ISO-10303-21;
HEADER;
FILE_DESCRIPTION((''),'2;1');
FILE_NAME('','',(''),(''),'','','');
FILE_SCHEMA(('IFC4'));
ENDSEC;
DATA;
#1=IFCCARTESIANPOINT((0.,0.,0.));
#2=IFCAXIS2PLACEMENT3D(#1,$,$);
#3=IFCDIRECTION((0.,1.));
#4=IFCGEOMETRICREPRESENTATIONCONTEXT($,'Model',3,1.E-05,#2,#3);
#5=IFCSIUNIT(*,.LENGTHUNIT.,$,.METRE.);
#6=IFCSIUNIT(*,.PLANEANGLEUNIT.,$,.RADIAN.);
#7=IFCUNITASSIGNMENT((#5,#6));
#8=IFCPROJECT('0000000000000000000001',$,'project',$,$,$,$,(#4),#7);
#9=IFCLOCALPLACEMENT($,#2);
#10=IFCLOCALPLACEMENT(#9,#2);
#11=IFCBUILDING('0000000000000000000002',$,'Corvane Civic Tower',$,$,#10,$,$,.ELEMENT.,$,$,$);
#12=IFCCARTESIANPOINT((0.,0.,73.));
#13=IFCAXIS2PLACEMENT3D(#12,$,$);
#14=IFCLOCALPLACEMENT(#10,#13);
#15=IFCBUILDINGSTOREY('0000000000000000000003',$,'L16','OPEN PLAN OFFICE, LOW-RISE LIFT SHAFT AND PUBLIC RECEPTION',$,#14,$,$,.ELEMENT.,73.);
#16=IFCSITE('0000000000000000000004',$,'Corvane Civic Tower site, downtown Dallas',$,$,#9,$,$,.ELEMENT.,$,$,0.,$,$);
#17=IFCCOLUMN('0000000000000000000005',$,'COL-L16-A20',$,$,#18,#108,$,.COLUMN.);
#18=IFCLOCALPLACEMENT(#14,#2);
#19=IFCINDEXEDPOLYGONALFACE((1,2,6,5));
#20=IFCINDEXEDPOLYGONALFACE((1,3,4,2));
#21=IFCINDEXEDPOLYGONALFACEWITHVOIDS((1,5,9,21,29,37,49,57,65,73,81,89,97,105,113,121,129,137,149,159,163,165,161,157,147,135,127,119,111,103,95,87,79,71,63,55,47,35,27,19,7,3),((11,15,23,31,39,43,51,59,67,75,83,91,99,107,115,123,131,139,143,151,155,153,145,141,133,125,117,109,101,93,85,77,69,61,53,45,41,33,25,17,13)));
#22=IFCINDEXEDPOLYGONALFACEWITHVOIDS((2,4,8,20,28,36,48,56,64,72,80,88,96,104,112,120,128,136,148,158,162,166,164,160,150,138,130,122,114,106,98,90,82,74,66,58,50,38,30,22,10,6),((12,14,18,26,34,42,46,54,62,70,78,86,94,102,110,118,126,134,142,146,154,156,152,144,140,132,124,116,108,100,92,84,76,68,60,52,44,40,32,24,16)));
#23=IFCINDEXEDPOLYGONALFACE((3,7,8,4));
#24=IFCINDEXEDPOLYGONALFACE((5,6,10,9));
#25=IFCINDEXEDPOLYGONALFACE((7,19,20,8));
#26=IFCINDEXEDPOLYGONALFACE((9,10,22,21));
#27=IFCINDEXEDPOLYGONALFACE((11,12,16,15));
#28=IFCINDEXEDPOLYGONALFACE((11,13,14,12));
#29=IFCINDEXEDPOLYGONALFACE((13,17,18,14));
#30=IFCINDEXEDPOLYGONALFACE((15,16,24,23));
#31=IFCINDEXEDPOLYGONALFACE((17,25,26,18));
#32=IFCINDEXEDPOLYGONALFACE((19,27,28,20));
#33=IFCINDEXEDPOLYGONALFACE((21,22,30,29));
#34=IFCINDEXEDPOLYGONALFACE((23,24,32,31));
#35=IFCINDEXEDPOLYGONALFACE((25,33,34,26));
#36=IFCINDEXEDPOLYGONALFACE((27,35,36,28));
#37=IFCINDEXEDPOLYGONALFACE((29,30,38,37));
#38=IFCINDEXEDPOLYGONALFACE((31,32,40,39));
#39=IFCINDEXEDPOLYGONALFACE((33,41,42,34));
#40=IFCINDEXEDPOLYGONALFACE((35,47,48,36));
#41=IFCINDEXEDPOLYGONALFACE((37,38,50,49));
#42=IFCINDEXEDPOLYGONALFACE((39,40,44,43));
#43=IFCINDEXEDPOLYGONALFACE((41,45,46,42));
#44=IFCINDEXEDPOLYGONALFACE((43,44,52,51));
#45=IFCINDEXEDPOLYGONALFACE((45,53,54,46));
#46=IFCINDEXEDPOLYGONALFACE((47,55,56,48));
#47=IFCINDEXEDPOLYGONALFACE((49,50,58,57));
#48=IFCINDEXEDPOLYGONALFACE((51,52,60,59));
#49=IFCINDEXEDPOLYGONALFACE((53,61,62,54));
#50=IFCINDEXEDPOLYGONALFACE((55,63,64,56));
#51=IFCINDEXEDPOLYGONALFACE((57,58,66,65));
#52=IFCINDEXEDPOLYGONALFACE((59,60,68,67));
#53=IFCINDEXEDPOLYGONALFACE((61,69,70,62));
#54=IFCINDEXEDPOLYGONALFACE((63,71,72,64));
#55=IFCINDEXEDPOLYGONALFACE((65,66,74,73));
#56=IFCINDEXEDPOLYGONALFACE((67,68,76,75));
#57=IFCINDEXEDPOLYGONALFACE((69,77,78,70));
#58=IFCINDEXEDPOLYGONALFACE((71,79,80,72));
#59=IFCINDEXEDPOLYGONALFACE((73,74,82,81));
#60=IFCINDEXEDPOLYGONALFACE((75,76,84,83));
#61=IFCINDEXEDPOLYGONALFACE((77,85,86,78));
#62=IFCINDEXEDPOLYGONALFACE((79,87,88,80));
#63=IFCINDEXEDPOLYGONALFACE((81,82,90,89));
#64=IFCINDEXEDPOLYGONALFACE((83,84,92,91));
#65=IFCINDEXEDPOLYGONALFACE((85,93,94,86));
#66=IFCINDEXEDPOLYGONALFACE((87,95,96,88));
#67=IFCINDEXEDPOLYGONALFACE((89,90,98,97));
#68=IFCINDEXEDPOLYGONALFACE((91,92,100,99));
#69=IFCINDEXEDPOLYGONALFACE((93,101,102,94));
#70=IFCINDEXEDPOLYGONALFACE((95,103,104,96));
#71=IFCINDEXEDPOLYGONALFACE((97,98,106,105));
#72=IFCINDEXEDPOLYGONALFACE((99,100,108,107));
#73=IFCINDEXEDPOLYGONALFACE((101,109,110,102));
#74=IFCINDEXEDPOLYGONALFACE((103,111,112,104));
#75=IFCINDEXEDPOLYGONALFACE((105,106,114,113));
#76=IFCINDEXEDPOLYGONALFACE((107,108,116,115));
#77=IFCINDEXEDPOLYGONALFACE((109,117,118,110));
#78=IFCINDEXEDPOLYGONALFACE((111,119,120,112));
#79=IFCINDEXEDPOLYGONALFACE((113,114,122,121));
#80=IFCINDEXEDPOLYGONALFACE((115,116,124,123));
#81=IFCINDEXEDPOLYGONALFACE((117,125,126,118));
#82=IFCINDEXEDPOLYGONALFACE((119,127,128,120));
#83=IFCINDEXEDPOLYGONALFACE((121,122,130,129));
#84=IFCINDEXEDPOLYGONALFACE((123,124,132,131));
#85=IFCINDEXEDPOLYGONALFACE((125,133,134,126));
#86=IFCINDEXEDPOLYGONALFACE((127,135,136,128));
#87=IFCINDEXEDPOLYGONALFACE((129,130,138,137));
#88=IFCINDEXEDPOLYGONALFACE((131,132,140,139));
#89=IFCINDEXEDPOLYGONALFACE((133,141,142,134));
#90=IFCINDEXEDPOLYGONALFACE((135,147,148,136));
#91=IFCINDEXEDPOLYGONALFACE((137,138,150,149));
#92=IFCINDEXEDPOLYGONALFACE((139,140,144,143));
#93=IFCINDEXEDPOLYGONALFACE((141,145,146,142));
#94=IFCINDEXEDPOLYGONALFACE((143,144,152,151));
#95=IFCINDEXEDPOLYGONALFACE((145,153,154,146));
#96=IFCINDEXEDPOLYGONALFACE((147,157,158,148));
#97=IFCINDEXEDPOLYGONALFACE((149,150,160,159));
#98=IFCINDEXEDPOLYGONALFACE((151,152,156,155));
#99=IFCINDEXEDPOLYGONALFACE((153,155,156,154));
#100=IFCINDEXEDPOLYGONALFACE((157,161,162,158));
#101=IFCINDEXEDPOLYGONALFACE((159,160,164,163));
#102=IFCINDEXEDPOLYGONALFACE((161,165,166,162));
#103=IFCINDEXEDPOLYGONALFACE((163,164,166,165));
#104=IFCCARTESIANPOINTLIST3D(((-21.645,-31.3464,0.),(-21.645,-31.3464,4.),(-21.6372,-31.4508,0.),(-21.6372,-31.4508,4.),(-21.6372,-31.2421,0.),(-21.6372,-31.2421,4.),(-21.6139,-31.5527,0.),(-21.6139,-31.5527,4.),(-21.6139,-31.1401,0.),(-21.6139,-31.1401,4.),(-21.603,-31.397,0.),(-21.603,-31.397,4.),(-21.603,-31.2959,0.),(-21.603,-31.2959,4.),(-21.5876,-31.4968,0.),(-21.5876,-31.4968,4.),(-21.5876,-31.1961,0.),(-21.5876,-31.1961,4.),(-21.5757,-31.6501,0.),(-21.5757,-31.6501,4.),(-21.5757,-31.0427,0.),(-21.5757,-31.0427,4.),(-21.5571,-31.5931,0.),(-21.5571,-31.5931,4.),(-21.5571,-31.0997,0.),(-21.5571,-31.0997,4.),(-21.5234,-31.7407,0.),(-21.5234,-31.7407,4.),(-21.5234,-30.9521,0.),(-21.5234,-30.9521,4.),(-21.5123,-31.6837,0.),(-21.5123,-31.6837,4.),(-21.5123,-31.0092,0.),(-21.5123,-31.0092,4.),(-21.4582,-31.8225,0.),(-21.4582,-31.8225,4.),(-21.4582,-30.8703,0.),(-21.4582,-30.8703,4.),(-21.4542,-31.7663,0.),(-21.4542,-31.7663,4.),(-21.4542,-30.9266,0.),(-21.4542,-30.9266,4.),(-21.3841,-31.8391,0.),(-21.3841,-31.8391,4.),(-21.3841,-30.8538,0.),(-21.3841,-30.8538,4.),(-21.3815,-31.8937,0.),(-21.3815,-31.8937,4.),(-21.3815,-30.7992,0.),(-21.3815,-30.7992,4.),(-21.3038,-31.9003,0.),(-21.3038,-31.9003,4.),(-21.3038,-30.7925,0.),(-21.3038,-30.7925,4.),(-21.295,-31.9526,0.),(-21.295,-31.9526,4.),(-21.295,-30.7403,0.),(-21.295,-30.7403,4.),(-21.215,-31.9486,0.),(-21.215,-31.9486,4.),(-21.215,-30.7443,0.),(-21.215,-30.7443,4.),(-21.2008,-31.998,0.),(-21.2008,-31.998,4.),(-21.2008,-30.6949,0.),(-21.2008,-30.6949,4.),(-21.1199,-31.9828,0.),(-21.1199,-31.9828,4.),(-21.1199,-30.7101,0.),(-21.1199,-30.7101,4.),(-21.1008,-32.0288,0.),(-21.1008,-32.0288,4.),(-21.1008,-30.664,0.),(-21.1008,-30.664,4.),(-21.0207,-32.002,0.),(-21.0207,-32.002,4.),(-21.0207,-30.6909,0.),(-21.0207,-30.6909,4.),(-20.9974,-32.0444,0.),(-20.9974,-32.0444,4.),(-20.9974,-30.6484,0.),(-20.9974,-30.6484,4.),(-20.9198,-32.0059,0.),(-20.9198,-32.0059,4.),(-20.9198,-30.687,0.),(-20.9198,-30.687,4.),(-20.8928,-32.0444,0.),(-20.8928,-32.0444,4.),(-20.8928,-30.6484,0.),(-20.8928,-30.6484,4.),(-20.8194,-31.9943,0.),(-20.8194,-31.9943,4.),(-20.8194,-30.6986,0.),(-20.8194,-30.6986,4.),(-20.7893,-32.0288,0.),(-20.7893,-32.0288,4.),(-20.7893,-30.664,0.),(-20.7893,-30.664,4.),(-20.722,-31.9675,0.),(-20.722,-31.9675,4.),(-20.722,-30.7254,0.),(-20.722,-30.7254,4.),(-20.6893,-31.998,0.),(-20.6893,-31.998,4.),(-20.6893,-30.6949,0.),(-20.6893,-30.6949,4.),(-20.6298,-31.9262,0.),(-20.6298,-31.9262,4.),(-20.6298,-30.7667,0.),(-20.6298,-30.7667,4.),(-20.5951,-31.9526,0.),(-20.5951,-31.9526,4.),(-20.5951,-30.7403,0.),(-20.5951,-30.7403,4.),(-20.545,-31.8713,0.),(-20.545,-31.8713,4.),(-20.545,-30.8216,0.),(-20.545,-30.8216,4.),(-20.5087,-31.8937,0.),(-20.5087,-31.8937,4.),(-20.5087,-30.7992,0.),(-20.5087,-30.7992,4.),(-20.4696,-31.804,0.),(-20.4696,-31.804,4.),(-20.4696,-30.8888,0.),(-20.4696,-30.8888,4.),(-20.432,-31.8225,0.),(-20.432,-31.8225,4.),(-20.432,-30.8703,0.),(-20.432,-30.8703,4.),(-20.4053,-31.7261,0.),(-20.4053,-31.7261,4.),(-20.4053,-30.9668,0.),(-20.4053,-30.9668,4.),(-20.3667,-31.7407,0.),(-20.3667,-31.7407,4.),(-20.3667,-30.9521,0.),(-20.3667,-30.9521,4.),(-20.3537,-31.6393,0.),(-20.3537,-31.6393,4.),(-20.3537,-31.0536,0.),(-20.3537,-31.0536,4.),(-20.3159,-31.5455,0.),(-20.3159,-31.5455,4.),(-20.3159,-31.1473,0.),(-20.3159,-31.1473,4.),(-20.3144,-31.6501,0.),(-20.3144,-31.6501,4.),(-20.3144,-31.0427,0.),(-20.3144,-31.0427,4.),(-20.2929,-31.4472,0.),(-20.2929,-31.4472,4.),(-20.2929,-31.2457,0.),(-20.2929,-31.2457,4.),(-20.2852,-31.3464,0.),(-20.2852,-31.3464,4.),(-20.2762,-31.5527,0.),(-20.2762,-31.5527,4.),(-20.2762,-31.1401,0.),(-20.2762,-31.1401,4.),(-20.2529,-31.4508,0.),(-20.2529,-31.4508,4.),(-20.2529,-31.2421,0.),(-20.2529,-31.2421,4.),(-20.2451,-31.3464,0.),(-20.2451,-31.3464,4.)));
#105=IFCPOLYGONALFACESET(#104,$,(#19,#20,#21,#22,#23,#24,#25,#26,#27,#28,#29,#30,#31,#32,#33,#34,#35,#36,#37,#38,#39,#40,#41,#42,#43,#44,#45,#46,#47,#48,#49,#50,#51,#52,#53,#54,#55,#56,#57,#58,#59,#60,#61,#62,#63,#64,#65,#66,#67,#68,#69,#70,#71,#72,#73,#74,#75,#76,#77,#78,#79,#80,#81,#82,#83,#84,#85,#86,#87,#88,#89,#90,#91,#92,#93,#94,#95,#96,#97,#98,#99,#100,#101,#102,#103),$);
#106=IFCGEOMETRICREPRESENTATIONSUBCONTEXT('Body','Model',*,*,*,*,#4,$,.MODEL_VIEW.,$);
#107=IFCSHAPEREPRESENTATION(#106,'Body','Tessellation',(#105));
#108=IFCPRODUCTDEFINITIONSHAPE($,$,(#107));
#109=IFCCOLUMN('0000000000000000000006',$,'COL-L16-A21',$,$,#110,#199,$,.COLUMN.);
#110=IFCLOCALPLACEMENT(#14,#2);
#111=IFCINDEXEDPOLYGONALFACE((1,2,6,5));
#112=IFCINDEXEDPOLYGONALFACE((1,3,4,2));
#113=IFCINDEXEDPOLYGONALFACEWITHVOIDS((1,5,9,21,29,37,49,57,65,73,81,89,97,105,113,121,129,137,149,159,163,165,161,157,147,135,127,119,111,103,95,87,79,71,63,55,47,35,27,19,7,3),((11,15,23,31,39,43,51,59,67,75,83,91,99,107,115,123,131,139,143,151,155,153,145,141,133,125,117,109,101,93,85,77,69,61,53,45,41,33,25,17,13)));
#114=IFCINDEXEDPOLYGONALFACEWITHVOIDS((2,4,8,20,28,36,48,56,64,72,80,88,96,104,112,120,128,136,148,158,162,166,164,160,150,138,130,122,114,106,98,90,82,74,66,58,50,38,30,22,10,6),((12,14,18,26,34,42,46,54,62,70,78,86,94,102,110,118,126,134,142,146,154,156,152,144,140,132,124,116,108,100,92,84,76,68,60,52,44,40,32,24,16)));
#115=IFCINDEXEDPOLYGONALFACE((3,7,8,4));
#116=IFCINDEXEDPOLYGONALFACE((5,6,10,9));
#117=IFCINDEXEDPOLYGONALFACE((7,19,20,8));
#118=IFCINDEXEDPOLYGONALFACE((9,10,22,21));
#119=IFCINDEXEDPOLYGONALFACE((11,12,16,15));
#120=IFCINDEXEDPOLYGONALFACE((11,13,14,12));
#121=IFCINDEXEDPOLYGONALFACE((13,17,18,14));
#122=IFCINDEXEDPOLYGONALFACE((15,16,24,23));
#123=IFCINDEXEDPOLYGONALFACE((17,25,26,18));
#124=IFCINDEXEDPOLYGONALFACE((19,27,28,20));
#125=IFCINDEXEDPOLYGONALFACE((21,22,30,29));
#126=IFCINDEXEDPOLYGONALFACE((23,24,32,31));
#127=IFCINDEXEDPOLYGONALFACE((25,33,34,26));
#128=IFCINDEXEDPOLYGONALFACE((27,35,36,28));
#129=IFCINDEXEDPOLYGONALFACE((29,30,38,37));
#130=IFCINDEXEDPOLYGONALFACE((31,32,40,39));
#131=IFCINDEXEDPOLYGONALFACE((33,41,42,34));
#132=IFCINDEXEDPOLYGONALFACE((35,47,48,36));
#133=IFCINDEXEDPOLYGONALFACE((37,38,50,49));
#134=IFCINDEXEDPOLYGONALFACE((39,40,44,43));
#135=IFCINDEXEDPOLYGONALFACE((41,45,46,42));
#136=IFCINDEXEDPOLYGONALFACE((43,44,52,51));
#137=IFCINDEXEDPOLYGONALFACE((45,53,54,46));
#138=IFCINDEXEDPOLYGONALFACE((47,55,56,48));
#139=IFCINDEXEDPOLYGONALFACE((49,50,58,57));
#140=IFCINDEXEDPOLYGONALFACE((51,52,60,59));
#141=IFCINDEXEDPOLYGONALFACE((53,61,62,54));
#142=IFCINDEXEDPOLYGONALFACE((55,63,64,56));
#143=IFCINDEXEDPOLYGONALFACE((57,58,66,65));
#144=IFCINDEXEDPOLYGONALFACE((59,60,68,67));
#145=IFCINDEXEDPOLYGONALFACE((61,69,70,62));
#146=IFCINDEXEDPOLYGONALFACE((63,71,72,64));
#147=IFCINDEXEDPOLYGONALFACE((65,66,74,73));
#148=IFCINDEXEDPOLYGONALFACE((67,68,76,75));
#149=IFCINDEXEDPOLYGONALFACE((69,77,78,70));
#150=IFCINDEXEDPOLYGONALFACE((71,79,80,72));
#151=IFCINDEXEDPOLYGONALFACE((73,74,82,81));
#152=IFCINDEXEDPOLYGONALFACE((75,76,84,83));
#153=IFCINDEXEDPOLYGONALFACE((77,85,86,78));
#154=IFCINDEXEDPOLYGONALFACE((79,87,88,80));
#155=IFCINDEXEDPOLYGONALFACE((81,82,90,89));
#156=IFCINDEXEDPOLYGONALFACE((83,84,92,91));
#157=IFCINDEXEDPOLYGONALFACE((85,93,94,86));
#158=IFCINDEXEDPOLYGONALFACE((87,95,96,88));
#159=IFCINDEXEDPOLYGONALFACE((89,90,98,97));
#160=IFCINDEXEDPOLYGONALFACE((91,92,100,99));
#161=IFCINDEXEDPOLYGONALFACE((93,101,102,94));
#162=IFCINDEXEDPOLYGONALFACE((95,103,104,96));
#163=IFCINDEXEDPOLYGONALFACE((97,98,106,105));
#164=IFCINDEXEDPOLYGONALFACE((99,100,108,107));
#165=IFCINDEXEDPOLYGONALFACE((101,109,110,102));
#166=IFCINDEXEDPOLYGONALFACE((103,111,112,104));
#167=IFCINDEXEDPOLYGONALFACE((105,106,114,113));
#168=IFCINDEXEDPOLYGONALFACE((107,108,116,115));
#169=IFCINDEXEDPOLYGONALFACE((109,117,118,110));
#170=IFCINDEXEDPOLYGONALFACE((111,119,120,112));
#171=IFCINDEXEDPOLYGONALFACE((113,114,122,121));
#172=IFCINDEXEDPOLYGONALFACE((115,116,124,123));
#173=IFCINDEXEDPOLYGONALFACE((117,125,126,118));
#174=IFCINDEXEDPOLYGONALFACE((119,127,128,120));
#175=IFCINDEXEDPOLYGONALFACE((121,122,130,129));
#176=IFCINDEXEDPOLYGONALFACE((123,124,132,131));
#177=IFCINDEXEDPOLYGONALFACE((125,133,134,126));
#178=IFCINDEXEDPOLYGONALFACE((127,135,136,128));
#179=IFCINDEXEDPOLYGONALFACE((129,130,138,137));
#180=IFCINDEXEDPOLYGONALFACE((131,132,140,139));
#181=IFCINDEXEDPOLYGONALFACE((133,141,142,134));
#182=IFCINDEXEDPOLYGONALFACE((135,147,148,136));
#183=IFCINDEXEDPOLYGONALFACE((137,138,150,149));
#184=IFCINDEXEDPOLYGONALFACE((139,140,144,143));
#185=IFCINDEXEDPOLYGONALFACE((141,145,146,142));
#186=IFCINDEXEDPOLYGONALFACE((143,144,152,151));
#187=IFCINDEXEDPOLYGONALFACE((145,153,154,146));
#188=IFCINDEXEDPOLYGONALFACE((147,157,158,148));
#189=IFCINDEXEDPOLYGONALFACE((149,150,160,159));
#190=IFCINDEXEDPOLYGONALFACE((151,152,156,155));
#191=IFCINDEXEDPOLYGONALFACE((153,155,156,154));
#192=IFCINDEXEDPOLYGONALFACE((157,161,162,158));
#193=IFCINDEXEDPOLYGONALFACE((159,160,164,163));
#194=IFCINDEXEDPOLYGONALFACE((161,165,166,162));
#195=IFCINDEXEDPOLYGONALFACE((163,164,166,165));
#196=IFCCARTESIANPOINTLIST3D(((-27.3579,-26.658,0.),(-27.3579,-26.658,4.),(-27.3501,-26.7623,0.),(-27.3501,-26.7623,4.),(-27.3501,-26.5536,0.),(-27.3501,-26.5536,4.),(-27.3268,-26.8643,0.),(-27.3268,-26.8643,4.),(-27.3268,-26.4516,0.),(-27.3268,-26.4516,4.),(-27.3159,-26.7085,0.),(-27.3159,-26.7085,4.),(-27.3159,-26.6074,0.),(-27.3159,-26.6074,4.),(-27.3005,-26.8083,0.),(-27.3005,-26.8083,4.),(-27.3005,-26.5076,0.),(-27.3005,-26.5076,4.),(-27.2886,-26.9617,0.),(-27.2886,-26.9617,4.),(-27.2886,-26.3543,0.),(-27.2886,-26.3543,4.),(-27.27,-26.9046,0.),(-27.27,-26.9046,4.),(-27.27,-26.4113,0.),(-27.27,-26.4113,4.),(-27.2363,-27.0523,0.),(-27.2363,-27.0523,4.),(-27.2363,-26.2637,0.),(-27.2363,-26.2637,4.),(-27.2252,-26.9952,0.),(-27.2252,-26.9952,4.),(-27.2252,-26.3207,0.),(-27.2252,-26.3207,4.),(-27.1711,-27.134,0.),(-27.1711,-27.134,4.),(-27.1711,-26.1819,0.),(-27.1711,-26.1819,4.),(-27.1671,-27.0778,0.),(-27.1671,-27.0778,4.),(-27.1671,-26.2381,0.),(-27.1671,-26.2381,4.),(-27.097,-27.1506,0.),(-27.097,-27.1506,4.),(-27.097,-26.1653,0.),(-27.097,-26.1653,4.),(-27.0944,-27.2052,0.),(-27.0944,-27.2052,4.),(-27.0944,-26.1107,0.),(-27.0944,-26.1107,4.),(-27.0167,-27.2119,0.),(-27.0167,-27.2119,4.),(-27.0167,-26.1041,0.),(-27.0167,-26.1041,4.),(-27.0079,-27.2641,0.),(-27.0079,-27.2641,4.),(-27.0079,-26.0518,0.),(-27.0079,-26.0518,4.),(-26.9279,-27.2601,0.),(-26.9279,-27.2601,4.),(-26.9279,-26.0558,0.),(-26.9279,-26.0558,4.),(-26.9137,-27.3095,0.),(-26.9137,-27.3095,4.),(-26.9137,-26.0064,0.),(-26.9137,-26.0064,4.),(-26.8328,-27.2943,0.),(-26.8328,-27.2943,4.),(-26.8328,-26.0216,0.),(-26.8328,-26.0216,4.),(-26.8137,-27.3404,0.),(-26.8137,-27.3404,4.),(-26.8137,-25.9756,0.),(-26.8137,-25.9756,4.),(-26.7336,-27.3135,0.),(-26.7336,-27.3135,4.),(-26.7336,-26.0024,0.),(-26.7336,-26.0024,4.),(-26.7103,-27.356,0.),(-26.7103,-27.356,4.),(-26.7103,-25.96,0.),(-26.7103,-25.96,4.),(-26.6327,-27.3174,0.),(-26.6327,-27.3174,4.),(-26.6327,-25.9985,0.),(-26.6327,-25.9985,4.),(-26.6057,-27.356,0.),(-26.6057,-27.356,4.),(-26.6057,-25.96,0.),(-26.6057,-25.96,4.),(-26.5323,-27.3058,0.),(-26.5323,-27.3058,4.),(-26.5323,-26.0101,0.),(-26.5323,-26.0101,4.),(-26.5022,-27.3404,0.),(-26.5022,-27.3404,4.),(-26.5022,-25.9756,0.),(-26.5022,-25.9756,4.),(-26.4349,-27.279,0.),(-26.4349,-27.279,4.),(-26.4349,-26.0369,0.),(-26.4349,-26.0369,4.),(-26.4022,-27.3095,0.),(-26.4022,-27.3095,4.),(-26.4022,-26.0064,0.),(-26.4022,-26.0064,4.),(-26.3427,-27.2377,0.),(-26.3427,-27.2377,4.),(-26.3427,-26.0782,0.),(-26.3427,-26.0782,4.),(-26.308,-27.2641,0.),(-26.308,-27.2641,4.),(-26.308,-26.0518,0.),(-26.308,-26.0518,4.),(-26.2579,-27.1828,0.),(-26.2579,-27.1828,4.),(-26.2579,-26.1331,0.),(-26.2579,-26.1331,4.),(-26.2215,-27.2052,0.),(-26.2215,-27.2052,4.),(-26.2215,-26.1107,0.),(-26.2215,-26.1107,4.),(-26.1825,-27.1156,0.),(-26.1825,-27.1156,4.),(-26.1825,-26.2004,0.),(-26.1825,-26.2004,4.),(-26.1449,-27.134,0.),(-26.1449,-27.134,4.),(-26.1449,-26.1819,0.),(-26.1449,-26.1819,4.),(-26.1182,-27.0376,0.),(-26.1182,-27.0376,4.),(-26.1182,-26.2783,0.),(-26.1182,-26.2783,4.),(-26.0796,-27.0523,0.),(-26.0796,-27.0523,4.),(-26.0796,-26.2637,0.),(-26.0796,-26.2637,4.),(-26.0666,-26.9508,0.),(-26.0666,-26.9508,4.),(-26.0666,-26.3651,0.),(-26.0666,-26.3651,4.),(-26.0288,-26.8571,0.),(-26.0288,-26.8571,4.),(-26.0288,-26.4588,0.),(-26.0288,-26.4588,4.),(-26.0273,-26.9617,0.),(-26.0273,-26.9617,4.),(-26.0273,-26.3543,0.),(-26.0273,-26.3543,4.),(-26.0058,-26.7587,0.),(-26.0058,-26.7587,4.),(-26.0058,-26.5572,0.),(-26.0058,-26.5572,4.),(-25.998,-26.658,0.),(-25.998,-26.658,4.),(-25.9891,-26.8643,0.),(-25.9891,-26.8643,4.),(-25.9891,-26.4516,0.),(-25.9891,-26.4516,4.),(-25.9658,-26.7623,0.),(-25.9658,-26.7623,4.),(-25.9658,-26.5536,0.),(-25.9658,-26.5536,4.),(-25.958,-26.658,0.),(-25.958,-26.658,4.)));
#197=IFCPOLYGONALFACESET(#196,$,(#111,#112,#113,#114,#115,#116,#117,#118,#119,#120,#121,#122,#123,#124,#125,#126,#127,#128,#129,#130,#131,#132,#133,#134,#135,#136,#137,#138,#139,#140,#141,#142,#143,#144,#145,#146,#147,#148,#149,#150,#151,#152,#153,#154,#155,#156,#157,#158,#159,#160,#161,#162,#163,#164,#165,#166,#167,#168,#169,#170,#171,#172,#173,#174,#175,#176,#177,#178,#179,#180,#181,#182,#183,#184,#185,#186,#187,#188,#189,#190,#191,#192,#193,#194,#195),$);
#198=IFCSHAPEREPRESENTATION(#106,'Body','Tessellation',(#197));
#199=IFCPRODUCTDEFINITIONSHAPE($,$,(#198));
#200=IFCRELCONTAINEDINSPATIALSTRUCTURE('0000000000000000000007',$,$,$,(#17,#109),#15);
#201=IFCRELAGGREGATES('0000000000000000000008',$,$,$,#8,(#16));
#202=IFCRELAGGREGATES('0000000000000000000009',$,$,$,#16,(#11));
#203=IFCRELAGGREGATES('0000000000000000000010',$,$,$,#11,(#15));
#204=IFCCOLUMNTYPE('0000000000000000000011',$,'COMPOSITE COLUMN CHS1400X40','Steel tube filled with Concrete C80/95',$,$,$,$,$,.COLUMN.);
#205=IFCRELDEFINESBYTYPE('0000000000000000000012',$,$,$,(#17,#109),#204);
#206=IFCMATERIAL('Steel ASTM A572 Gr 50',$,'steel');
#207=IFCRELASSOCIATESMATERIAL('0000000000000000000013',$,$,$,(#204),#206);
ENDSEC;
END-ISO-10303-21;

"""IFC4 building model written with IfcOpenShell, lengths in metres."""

from ifc_helpers import new_model, si_unit, direction, frame, origin, origin_2d, place, context, subcontext, project, spatial, hollow_circle, extrude, material, material_profile, profile_set, type_object, element, save


model = new_model("IFC4")

# Units and contexts
model_context = context("Model", 3, precision=1e-05, world=origin(), true_north=direction((0.0, 1.0)))
body_context = subcontext(model_context, "Body", "Model", "MODEL_VIEW")
ifc_project = project(units=[si_unit("LENGTHUNIT", "METRE"), si_unit("PLANEANGLEUNIT", "RADIAN")], contexts=[model_context])

# Site, building, storey
site_placement = place(None, origin())
site = spatial("IfcSite", under=ifc_project, at=site_placement, Name="Corvane Civic Tower site, downtown Dallas", CompositionType="ELEMENT", RefElevation=0.0)
building_placement = place(site_placement, origin())
building = spatial("IfcBuilding", under=site, at=building_placement, Name="Corvane Civic Tower", CompositionType="ELEMENT")
storey_placement = place(building_placement, frame((0.0, 0.0, 73.0)))
storey = spatial("IfcBuildingStorey", under=building, at=storey_placement, Name="L16", Description="OPEN PLAN OFFICE, LOW-RISE LIFT SHAFT AND PUBLIC RECEPTION", CompositionType="ELEMENT", Elevation=73.0)

# Columns
ifc_material_1 = material(Name="Steel ASTM A572 Gr 50", Category="steel")
ifc_material_profile_1 = material_profile(ifc_material_1, hollow_circle(Radius=0.7, WallThickness=0.04, at=origin_2d()), Name="CHS1400X40")
ifc_profile_set_1 = profile_set([ifc_material_profile_1], Name="Steel ASTM A572 Gr 50")
column_type = type_object("IfcColumnType", Name="COMPOSITE COLUMN CHS1400X40", Description="Steel tube filled with Concrete C80/95", PredefinedType="COLUMN", material=ifc_profile_set_1)
for number, where, z_axis, x_axis, name in (
    (1, (-20.9451, -31.3464, 0.0), (0.0, 0.0, 1.0), (1.0, 0.0, 0.0), "COL-L16-A20"),
    (2, (-26.658, -26.658, 0.0), (0.0, 0.0, 1.0), (1.0, 0.0, 0.0), "COL-L16-A21"),
):
    element("IfcColumn", number, at=place(storey_placement, frame(where, z_axis=z_axis, x_axis=x_axis)), inside=storey, type_object=column_type, Name=name, PredefinedType="COLUMN", context=body_context, shape_type="SweptSolid", body=[
        extrude(hollow_circle(Radius=0.7, WallThickness=0.04, at=origin_2d()), origin(), (0.0, 0.0, 1.0), 4.0),
    ])

save(model, "model.ifc")
